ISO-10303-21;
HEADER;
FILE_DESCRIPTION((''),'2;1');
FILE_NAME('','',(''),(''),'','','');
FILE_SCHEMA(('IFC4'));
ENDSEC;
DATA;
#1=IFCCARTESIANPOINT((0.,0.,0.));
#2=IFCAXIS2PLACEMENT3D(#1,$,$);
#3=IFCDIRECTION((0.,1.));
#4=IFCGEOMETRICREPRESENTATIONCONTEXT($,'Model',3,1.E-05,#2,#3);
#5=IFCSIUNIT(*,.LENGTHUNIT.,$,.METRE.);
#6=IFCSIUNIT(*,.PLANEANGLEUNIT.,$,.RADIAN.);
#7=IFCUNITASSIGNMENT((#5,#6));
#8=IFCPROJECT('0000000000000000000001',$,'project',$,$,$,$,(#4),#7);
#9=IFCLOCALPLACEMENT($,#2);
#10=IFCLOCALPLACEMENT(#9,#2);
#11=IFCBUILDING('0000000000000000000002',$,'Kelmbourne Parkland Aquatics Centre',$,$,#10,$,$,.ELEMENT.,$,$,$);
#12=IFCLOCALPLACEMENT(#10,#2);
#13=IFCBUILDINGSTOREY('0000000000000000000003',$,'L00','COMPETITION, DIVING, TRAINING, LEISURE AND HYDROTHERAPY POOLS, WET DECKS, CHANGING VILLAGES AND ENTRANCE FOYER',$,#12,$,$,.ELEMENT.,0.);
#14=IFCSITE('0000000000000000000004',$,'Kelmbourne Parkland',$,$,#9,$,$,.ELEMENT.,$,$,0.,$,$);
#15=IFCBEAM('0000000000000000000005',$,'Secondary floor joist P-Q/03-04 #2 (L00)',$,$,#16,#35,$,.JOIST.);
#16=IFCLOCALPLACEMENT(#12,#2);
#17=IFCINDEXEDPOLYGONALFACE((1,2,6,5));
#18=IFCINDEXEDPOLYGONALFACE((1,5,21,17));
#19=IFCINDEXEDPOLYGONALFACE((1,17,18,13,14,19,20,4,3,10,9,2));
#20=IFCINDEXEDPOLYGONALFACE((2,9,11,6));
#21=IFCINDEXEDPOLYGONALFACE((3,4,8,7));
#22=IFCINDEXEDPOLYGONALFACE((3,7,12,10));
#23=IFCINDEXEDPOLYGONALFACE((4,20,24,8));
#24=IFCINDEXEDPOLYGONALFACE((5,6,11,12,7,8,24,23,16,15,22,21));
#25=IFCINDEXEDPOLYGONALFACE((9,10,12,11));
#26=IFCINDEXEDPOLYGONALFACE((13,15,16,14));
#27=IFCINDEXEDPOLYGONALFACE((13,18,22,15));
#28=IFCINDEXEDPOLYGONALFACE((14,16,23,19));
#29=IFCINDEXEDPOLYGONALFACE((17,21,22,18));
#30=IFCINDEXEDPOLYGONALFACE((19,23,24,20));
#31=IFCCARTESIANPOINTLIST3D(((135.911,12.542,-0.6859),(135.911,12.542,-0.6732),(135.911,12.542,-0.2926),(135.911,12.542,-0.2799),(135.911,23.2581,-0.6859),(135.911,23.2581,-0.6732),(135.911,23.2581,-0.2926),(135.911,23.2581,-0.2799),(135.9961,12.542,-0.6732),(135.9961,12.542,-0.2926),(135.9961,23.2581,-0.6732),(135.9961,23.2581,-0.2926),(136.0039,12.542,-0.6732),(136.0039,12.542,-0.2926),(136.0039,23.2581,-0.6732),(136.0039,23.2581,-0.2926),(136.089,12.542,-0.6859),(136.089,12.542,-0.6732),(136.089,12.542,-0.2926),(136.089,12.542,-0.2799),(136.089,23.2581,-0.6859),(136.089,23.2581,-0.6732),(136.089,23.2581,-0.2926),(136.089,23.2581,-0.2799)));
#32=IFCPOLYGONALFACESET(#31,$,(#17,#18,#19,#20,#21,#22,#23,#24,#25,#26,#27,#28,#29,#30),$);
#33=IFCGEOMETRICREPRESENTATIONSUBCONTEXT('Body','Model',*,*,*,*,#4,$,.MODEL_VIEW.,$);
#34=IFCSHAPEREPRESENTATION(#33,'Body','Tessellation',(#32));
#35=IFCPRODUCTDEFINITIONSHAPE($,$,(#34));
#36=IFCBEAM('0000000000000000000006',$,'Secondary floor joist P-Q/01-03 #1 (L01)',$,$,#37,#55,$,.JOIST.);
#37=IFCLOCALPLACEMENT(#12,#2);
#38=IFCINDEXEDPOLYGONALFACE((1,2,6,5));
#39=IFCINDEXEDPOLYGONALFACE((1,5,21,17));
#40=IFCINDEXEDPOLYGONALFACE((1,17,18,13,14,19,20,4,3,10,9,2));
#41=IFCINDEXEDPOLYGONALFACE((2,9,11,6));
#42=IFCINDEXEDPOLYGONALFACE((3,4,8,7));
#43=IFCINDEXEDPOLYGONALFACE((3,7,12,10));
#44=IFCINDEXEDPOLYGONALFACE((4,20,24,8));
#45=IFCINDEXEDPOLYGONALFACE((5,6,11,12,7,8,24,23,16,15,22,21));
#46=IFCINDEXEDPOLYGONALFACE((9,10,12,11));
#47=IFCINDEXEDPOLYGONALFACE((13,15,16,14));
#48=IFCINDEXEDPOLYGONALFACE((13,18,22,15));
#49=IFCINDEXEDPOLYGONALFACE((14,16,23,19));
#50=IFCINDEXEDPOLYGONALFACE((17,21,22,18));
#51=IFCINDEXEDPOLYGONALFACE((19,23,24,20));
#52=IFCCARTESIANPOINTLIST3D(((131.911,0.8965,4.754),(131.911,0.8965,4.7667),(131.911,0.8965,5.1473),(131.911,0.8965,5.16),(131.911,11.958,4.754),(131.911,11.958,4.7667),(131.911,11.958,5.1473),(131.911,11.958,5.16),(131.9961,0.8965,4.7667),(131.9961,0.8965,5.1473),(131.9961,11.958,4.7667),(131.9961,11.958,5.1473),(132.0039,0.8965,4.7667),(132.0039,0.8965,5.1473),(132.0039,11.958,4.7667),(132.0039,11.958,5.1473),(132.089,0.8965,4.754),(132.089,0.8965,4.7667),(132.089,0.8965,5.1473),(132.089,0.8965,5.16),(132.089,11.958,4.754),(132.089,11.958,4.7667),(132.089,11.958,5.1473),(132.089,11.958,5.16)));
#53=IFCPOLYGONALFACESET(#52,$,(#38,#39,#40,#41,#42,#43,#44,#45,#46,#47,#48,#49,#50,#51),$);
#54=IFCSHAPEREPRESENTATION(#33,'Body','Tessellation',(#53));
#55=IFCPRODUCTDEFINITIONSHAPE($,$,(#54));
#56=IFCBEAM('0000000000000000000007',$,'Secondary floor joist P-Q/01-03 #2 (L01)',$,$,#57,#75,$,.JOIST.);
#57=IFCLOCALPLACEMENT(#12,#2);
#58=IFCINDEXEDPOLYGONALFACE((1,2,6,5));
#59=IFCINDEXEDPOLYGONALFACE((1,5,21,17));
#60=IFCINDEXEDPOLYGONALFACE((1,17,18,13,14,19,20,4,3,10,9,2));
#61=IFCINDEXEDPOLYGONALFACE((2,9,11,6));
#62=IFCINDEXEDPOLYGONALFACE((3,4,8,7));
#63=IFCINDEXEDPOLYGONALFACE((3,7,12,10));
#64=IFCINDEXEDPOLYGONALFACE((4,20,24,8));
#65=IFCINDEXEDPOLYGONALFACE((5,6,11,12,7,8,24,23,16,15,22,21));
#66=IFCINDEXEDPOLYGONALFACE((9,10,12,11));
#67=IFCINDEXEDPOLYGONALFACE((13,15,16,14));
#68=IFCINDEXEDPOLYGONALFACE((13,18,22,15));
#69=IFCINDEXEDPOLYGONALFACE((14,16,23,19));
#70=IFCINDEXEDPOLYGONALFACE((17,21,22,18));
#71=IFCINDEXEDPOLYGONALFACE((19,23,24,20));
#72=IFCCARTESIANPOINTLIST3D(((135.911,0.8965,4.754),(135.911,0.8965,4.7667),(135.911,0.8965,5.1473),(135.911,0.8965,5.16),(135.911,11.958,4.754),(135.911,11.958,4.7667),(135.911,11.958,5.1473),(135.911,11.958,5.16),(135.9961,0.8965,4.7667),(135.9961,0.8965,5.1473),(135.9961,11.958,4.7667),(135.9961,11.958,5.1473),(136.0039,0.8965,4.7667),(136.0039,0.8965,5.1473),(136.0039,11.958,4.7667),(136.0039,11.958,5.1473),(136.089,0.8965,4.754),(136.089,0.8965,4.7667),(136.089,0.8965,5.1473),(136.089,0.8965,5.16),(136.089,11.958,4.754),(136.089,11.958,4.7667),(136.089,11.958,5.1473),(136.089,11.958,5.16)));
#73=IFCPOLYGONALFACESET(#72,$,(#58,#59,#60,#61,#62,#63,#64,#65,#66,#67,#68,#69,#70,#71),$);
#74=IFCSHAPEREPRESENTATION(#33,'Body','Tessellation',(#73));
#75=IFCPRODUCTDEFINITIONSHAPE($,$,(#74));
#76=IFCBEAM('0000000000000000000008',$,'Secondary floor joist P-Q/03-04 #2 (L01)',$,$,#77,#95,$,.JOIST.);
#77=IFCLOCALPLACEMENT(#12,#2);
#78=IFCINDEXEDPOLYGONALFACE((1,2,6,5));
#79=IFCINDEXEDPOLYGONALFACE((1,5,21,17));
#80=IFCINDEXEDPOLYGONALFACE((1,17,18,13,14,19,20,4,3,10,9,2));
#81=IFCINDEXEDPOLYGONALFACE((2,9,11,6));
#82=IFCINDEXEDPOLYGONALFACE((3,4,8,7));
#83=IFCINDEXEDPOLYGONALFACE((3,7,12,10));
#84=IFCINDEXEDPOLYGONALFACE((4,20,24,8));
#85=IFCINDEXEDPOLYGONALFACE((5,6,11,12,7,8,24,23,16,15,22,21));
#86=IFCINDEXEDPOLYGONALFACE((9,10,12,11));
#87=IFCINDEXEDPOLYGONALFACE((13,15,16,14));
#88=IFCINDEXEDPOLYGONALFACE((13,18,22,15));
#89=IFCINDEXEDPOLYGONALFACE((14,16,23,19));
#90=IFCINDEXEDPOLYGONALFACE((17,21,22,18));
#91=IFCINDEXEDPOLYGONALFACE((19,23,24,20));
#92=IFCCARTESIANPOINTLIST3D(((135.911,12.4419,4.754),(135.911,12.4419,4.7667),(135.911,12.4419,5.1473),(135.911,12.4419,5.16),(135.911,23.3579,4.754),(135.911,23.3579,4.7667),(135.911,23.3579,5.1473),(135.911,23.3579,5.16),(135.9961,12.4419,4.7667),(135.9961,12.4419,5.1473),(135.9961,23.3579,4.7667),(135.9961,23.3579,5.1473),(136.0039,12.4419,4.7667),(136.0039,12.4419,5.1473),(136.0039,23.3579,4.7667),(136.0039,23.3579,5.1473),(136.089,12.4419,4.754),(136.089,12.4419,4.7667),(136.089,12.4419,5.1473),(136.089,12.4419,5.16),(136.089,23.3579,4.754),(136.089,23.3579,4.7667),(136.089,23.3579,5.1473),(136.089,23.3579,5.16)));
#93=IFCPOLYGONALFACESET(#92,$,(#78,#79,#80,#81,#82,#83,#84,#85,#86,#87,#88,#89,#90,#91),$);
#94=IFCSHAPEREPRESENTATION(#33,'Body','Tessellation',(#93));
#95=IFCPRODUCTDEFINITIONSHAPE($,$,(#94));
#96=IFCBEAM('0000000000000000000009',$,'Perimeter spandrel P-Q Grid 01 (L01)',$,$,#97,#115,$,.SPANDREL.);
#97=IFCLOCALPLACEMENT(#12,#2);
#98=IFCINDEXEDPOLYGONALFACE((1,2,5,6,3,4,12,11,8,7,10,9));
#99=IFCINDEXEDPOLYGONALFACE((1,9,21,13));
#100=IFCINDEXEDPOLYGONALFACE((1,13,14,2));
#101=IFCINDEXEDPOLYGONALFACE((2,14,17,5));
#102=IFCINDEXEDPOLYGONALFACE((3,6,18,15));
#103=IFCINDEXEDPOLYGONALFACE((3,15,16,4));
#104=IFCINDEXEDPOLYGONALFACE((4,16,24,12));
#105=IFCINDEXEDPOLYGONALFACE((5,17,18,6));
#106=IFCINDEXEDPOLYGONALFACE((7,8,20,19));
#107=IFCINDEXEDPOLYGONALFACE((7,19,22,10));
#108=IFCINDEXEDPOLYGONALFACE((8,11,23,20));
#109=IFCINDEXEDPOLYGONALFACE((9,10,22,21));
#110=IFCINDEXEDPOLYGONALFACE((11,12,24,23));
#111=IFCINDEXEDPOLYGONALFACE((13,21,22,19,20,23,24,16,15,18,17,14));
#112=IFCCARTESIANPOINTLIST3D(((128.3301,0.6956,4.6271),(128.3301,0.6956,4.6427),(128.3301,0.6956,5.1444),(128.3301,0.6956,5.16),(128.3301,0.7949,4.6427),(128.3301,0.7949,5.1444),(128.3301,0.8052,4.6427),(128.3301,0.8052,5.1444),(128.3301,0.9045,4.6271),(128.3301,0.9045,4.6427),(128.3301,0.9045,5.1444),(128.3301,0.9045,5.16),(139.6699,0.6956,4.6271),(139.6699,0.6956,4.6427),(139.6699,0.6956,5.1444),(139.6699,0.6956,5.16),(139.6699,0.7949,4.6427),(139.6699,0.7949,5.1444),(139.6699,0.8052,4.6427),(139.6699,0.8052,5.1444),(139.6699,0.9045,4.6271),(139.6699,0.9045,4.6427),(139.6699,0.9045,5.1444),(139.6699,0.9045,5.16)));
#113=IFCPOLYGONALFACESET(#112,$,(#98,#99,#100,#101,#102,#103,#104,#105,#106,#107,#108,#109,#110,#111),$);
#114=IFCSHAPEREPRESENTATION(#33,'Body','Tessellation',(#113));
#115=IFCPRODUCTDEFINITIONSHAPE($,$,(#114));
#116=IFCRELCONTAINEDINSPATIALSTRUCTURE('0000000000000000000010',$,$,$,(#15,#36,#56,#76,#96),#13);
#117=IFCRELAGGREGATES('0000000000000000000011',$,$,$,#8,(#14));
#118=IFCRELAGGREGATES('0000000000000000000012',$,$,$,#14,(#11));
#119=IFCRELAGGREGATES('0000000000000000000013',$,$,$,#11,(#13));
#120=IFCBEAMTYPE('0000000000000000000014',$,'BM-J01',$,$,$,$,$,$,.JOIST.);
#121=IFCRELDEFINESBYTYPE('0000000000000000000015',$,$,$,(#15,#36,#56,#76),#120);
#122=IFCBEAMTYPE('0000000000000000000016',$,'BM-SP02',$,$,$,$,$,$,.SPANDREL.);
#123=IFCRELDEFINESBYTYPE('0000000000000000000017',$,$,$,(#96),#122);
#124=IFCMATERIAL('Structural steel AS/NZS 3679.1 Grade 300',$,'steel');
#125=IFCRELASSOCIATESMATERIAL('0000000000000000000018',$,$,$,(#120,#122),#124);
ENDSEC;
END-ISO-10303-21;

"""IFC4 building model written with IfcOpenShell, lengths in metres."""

from ifc_helpers import new_model, si_unit, direction, frame, origin, origin_2d, place, context, subcontext, project, spatial, i_section, extrude, material, material_profile, profile_set, type_object, element, save


model = new_model("IFC4")

# Units and contexts
model_context = context("Model", 3, precision=1e-05, world=origin(), true_north=direction((0.0, 1.0)))
body_context = subcontext(model_context, "Body", "Model", "MODEL_VIEW")
ifc_project = project(units=[si_unit("LENGTHUNIT", "METRE"), si_unit("PLANEANGLEUNIT", "RADIAN")], contexts=[model_context])

# Site, building, storey
site_placement = place(None, origin())
site = spatial("IfcSite", under=ifc_project, at=site_placement, Name="Kelmbourne Parkland", CompositionType="ELEMENT", RefElevation=0.0)
building_placement = place(site_placement, origin())
building = spatial("IfcBuilding", under=site, at=building_placement, Name="Kelmbourne Parkland Aquatics Centre", CompositionType="ELEMENT")
storey_placement = place(building_placement, origin())
storey = spatial("IfcBuildingStorey", under=building, at=storey_placement, Name="L00", Description="COMPETITION, DIVING, TRAINING, LEISURE AND HYDROTHERAPY POOLS, WET DECKS, CHANGING VILLAGES AND ENTRANCE FOYER", CompositionType="ELEMENT", Elevation=0.0)

# Beams
ifc_material_1 = material(Name="Structural steel AS/NZS 3679.1 Grade 300", Category="steel")
ifc_material_profile_1 = material_profile(ifc_material_1, i_section(OverallWidth=0.178, OverallDepth=0.406, WebThickness=0.0078, FlangeThickness=0.0127, at=origin_2d()), Name="410UB59.7")
ifc_profile_set_1 = profile_set([ifc_material_profile_1], Name="Structural steel AS/NZS 3679.1 Grade 300")
beam_type_1 = type_object("IfcBeamType", Name="BM-J01", PredefinedType="JOIST", material=ifc_profile_set_1)
beam_1_placement = place(storey_placement, frame((136.0, 12.542, -0.4829), z_axis=(0.0, 1.0, 0.0), x_axis=(-1.0, 0.0, 0.0)))
element("IfcBeam", 1, at=beam_1_placement, inside=storey, type_object=beam_type_1, Name="Secondary floor joist P-Q/03-04 #2 (L00)", PredefinedType="JOIST", context=body_context, shape_type="SweptSolid", body=[
    extrude(i_section(OverallWidth=0.178, OverallDepth=0.406, WebThickness=0.0078, FlangeThickness=0.0127, at=origin_2d()), origin(), (0.0, 0.0, 1.0), 10.7161),
])
for number, where, z_axis, x_axis, name in (
    (2, (132.0, 0.8965, 4.957), (0.0, 1.0, 0.0), (-1.0, 0.0, 0.0), "Secondary floor joist P-Q/01-03 #1 (L01)"),
    (3, (136.0, 0.8965, 4.957), (0.0, 1.0, 0.0), (-1.0, 0.0, 0.0), "Secondary floor joist P-Q/01-03 #2 (L01)"),
):
    element("IfcBeam", number, at=place(storey_placement, frame(where, z_axis=z_axis, x_axis=x_axis)), inside=storey, type_object=beam_type_1, Name=name, PredefinedType="JOIST", context=body_context, shape_type="SweptSolid", body=[
        extrude(i_section(OverallWidth=0.178, OverallDepth=0.406, WebThickness=0.0078, FlangeThickness=0.0127, at=origin_2d()), origin(), (0.0, 0.0, 1.0), 11.0615),
    ])
beam_2_placement = place(storey_placement, frame((136.0, 12.4419, 4.957), z_axis=(0.0, 1.0, 0.0), x_axis=(-1.0, 0.0, 0.0)))
element("IfcBeam", 4, at=beam_2_placement, inside=storey, type_object=beam_type_1, Name="Secondary floor joist P-Q/03-04 #2 (L01)", PredefinedType="JOIST", context=body_context, shape_type="SweptSolid", body=[
    extrude(i_section(OverallWidth=0.178, OverallDepth=0.406, WebThickness=0.0078, FlangeThickness=0.0127, at=origin_2d()), origin(), (0.0, 0.0, 1.0), 10.916),
])
ifc_material_profile_2 = material_profile(ifc_material_1, i_section(OverallWidth=0.209, OverallDepth=0.533, WebThickness=0.0103, FlangeThickness=0.0156, at=origin_2d()), Name="530UB92.4")
ifc_profile_set_2 = profile_set([ifc_material_profile_2], Name="Structural steel AS/NZS 3679.1 Grade 300")
beam_type_2 = type_object("IfcBeamType", Name="BM-SP02", PredefinedType="SPANDREL", material=ifc_profile_set_2)
beam_3_placement = place(storey_placement, frame((128.3301, 0.8, 4.8936), z_axis=(1.0, 0.0, 0.0), x_axis=(0.0, 1.0, 0.0)))
element("IfcBeam", 5, at=beam_3_placement, inside=storey, type_object=beam_type_2, Name="Perimeter spandrel P-Q Grid 01 (L01)", PredefinedType="SPANDREL", context=body_context, shape_type="SweptSolid", body=[
    extrude(i_section(OverallWidth=0.209, OverallDepth=0.533, WebThickness=0.0103, FlangeThickness=0.0156, at=origin_2d()), origin(), (0.0, 0.0, 1.0), 11.3398),
])

save(model, "model.ifc")
